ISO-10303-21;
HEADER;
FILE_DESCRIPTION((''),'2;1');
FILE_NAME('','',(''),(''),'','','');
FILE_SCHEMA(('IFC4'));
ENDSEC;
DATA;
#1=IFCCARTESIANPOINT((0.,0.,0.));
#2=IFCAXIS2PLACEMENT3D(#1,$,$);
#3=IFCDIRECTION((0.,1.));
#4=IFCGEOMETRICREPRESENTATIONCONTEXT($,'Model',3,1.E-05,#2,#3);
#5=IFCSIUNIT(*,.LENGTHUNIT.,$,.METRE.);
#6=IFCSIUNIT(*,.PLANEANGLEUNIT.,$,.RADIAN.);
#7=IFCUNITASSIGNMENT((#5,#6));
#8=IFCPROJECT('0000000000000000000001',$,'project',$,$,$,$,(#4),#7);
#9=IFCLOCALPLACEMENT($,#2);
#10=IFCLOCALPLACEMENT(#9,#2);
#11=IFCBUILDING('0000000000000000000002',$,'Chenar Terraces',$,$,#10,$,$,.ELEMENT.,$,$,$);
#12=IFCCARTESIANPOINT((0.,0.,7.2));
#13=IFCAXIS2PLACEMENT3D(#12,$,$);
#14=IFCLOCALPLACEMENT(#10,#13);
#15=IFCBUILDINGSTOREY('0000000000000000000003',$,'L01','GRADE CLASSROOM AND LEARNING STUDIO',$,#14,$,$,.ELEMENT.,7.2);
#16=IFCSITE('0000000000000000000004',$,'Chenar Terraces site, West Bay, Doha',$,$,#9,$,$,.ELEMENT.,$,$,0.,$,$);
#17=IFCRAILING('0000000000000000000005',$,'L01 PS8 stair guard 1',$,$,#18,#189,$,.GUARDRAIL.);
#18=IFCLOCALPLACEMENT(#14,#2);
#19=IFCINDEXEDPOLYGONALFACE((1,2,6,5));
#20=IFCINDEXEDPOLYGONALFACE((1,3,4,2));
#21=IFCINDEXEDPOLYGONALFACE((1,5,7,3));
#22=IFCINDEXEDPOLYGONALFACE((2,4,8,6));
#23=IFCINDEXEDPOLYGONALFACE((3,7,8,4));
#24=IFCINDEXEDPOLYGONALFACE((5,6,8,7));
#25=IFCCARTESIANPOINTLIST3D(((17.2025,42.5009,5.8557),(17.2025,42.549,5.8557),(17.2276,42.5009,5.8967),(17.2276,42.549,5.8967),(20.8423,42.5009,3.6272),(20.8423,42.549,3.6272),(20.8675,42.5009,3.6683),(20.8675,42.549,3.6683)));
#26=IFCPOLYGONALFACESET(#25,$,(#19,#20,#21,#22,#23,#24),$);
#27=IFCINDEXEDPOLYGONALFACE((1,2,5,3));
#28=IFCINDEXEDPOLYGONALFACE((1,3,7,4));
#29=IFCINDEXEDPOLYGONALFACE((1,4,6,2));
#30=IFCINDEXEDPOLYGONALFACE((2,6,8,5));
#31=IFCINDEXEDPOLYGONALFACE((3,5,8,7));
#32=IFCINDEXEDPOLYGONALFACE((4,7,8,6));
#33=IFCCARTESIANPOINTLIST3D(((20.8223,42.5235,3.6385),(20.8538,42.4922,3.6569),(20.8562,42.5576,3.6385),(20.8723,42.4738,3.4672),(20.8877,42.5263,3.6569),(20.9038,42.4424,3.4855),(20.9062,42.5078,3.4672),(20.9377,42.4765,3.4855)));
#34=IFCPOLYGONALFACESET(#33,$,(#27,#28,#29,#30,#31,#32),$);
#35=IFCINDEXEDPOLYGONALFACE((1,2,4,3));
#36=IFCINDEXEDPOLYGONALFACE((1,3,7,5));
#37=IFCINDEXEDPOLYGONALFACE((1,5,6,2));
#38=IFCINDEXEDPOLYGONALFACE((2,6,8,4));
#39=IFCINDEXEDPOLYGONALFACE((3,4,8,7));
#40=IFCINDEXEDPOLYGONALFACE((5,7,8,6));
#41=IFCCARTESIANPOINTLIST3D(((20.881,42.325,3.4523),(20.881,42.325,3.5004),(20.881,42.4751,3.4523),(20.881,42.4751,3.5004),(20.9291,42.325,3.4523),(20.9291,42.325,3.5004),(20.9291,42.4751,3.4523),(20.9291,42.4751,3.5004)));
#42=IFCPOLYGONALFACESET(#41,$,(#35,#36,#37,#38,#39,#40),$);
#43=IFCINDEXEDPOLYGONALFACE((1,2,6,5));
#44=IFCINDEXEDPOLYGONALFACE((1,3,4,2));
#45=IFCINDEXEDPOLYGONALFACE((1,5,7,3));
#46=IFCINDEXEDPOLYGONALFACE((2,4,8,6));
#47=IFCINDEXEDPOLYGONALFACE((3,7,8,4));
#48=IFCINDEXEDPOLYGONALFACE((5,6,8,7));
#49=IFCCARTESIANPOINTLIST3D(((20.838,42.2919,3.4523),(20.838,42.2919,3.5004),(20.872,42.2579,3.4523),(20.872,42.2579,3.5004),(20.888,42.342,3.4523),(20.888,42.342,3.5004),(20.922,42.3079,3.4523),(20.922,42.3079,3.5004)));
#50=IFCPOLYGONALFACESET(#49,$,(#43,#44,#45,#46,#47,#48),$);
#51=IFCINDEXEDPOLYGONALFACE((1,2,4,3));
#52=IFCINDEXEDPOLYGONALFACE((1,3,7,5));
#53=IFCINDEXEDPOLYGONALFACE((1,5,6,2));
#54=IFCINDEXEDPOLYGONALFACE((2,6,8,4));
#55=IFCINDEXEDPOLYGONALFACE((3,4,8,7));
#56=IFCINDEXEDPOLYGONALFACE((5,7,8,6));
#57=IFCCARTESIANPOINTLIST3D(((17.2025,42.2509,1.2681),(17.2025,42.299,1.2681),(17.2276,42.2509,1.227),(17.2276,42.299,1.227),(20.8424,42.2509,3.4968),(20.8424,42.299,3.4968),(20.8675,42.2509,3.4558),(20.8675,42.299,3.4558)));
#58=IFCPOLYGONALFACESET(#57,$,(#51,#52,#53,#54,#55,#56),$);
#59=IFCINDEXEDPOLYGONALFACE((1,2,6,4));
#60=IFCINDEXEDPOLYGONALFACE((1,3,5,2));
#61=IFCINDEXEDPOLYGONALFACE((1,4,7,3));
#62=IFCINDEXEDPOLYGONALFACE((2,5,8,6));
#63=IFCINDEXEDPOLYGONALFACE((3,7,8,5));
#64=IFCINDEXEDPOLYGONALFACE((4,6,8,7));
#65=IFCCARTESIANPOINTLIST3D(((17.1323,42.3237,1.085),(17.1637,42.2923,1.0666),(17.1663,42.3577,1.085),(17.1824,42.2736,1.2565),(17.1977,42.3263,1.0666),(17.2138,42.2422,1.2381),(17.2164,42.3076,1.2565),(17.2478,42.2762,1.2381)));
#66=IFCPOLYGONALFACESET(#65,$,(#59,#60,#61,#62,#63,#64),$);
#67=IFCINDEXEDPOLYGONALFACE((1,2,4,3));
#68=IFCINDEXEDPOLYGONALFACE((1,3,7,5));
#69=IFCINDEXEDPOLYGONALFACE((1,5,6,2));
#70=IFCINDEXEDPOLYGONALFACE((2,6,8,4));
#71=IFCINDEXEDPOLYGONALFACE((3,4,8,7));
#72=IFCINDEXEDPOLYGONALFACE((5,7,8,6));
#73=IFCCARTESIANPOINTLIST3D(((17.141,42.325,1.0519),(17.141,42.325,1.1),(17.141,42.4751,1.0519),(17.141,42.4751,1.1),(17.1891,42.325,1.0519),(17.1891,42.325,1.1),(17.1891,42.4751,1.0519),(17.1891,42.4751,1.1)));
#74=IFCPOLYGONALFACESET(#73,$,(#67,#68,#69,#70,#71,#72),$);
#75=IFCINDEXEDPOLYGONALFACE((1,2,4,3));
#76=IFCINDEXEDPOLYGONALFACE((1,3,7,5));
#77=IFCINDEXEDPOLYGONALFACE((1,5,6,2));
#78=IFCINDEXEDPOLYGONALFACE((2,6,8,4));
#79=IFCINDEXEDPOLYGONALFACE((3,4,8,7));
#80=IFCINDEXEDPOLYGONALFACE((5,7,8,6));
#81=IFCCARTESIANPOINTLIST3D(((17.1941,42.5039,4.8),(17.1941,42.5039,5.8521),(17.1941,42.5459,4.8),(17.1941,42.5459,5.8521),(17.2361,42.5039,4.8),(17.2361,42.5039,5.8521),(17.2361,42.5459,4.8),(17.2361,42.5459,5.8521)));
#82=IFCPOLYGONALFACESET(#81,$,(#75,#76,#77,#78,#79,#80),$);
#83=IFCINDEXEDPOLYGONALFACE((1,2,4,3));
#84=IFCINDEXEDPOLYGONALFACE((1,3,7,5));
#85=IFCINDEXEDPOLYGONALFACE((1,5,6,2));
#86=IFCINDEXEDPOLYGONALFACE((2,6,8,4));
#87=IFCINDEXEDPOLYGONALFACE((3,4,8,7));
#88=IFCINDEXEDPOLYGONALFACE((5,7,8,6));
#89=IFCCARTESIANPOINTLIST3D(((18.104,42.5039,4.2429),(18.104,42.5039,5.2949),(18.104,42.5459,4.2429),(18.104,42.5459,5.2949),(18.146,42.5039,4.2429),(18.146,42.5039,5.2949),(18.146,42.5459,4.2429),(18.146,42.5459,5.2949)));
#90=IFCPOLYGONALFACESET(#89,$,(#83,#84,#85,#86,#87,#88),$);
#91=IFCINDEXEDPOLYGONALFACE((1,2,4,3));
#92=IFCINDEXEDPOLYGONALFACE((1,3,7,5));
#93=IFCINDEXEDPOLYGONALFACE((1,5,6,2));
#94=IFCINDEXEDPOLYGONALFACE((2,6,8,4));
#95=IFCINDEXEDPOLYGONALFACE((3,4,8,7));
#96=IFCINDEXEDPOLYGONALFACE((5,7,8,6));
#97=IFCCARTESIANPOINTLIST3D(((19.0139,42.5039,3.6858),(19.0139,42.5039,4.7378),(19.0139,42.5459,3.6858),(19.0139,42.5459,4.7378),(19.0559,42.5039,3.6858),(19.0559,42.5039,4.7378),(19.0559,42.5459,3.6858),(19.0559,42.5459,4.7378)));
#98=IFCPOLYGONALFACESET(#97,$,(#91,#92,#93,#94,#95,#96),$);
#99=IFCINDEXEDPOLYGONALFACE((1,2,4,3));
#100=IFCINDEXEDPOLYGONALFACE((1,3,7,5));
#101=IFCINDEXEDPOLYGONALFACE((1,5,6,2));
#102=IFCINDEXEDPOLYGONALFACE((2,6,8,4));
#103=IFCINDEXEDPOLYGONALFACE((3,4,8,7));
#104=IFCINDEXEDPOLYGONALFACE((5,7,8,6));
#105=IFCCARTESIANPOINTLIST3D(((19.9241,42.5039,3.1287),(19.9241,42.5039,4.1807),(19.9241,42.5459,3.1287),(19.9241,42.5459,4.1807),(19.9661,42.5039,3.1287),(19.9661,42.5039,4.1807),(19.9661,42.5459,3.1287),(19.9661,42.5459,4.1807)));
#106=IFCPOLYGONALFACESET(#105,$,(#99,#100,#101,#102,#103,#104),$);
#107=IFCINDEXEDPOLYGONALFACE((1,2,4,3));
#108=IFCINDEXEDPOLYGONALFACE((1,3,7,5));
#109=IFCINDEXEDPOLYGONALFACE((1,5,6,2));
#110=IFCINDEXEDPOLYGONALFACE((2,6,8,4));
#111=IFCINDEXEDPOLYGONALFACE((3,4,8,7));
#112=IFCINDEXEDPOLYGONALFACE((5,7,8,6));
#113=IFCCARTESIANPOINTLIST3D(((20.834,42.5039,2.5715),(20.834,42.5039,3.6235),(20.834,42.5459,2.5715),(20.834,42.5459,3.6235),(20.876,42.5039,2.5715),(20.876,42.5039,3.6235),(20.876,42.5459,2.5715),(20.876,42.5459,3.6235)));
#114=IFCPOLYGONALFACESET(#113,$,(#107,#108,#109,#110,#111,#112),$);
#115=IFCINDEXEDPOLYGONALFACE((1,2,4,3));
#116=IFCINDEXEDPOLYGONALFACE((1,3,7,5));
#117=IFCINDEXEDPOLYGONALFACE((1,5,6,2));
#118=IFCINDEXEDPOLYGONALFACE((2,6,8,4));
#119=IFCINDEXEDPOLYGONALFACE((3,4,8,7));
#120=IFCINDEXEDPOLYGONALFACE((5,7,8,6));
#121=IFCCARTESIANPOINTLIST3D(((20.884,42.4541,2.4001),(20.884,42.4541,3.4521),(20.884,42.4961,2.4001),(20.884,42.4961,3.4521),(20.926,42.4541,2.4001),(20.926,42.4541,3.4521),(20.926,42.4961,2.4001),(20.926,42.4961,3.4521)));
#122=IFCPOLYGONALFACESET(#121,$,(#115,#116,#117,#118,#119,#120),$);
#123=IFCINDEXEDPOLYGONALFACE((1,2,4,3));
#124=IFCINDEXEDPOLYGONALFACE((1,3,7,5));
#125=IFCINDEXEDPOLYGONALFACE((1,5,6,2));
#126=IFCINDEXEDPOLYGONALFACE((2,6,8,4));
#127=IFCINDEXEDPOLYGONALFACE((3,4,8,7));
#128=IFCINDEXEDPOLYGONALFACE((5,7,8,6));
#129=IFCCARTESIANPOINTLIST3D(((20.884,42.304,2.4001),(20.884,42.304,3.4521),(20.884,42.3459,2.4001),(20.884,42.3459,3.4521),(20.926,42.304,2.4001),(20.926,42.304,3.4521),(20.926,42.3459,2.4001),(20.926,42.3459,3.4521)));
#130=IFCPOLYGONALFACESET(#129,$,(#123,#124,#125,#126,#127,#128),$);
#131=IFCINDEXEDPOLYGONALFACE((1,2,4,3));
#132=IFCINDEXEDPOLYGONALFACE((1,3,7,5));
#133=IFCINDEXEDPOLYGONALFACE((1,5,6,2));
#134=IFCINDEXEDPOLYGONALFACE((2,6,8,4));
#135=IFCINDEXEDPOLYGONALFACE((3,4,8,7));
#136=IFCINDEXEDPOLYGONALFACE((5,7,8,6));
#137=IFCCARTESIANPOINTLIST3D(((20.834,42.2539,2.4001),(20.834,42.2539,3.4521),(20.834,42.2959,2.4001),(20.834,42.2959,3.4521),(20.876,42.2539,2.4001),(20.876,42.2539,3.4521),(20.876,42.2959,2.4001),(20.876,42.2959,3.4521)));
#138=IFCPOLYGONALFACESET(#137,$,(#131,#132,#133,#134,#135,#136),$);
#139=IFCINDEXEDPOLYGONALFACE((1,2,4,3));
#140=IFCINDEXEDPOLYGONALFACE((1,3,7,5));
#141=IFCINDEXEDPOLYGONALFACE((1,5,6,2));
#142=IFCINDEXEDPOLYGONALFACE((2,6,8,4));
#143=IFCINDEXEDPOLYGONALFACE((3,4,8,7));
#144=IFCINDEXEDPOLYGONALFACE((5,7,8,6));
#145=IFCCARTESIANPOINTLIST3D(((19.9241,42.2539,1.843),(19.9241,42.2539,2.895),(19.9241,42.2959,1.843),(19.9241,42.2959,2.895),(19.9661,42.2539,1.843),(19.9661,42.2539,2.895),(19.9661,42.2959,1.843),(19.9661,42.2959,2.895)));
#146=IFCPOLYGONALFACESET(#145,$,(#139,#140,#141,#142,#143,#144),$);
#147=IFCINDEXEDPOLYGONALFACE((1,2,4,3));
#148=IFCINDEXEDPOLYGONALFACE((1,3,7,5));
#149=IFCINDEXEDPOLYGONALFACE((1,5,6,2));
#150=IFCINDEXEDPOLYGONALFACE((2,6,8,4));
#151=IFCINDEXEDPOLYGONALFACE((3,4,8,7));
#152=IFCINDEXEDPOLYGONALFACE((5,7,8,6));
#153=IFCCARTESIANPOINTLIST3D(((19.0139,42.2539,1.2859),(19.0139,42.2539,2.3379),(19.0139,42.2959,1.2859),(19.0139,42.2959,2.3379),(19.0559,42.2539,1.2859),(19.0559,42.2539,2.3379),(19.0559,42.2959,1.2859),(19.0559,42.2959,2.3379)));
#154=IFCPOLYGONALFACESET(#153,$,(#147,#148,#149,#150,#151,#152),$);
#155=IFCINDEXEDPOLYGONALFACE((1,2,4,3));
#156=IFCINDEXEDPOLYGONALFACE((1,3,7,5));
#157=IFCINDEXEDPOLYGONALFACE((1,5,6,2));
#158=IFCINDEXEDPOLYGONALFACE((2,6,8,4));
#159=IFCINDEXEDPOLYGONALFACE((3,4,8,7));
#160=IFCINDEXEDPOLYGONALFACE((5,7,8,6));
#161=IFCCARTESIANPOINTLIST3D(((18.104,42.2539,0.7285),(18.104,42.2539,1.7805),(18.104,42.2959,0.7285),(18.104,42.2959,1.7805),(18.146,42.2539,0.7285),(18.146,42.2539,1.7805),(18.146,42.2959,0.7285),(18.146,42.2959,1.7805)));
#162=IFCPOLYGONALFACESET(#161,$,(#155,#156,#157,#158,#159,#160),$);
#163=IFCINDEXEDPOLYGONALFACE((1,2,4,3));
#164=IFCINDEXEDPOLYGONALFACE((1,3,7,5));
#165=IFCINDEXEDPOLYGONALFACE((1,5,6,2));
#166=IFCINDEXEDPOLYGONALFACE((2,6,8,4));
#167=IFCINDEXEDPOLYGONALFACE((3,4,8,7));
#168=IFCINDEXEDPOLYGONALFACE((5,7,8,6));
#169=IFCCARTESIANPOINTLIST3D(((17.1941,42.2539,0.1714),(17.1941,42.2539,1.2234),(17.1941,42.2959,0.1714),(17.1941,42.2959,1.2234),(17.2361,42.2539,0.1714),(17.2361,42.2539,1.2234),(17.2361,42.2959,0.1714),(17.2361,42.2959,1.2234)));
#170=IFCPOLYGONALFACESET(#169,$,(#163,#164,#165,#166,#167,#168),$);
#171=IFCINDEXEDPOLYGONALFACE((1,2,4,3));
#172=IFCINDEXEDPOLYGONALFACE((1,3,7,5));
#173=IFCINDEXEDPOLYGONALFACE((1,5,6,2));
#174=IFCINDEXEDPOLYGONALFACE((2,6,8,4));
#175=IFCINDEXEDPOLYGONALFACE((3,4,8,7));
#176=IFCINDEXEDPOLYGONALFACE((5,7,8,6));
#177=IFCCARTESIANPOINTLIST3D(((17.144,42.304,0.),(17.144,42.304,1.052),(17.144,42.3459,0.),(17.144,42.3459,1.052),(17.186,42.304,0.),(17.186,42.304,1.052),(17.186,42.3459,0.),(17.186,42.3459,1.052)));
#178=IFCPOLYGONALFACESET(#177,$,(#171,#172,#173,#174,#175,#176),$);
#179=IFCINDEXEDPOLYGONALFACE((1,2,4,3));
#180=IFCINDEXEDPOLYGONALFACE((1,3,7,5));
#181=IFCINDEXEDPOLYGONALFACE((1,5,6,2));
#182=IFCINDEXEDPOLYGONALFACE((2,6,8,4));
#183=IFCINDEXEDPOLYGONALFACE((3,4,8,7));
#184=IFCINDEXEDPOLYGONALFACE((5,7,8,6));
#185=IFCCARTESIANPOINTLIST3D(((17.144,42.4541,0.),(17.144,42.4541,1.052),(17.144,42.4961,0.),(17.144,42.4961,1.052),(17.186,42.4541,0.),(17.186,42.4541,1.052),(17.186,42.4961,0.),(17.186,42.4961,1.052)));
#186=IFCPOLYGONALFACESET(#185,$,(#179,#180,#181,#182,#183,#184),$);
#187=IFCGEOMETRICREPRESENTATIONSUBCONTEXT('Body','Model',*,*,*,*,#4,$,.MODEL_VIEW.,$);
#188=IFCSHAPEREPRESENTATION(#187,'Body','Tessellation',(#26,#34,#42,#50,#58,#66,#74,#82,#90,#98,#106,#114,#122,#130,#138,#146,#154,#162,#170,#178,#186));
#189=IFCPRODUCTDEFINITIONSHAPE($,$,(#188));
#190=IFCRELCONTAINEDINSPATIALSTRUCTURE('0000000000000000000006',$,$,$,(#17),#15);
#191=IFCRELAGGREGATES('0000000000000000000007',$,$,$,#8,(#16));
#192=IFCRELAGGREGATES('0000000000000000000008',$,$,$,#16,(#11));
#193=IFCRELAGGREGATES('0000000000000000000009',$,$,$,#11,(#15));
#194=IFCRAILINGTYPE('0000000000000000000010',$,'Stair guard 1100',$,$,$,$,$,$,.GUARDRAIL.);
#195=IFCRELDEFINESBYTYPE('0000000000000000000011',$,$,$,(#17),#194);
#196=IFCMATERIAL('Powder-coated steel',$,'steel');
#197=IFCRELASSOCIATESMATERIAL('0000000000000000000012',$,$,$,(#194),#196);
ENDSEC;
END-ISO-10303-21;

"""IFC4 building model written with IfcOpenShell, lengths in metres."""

from ifc_helpers import new_model, si_unit, direction, frame, origin, origin_2d, place, context, subcontext, project, spatial, rectangle, extrude, material, type_object, element, save


model = new_model("IFC4")

# Units and contexts
model_context = context("Model", 3, precision=1e-05, world=origin(), true_north=direction((0.0, 1.0)))
body_context = subcontext(model_context, "Body", "Model", "MODEL_VIEW")
ifc_project = project(units=[si_unit("LENGTHUNIT", "METRE"), si_unit("PLANEANGLEUNIT", "RADIAN")], contexts=[model_context])

# Site, building, storey
site_placement = place(None, origin())
site = spatial("IfcSite", under=ifc_project, at=site_placement, Name="Chenar Terraces site, West Bay, Doha", CompositionType="ELEMENT", RefElevation=0.0)
building_placement = place(site_placement, origin())
building = spatial("IfcBuilding", under=site, at=building_placement, Name="Chenar Terraces", CompositionType="ELEMENT")
storey_placement = place(building_placement, frame((0.0, 0.0, 7.2)))
storey = spatial("IfcBuildingStorey", under=building, at=storey_placement, Name="L01", Description="GRADE CLASSROOM AND LEARNING STUDIO", CompositionType="ELEMENT", Elevation=7.2)

# Railing
ifc_material_1 = material(Name="Powder-coated steel", Category="steel")
railing_type_1 = type_object("IfcRailingType", Name="Stair guard 1100", PredefinedType="GUARDRAIL", material=ifc_material_1)
railing_1_placement = place(storey_placement, frame((17.2151, 42.5249, 4.8)))
element("IfcRailing", 1, at=railing_1_placement, inside=storey, type_object=railing_type_1, Name="L01 PS8 stair guard 1", PredefinedType="GUARDRAIL", context=body_context, shape_type="SweptSolid", body=[
    extrude(rectangle(XDim=0.0481, YDim=0.0481, at=origin_2d()), frame((0.0, 0.0, 1.0762), z_axis=(0.85285, 0.0, -0.522156), x_axis=(0.0, 1.0, 0.0)), (0.0, 0.0, 1.0), 4.2678),
    extrude(rectangle(XDim=0.0481, YDim=0.0481, at=origin_2d()), frame((3.6399, 0.0, -1.1523), z_axis=(0.270007, -0.26869, -0.924609), x_axis=(0.705376, 0.708834, 0.0)), (0.0, 0.0, 1.0), 0.1853),
    extrude(rectangle(XDim=0.0481, YDim=0.0481, at=origin_2d()), frame((3.6899, -0.0498, -1.3237), z_axis=(0.0, -1.0, 0.0), x_axis=(1.0, 0.0, 0.0)), (0.0, 0.0, 1.0), 0.1501),
    extrude(rectangle(XDim=0.0481, YDim=0.0481, at=origin_2d()), frame((3.6899, -0.2, -1.3237), z_axis=(-0.707107, -0.707107, 0.0), x_axis=(0.707107, -0.707107, 0.0)), (0.0, 0.0, 1.0), 0.0708),
    extrude(rectangle(XDim=0.0481, YDim=0.0481, at=origin_2d()), frame((3.6399, -0.25, -1.3237), z_axis=(-0.852825, 0.0, -0.522197), x_axis=(0.0, -1.0, 0.0)), (0.0, 0.0, 1.0), 4.2681),
    extrude(rectangle(XDim=0.0481, YDim=0.0481, at=origin_2d()), frame((0.0, -0.25, -3.5527), z_axis=(-0.269911, 0.269911, -0.924281), x_axis=(-0.707107, -0.707107, 0.0)), (0.0, 0.0, 1.0), 0.1855),
    extrude(rectangle(XDim=0.0481, YDim=0.0481, at=origin_2d()), frame((-0.05, -0.2, -3.7241), z_axis=(0.0, 1.0, 0.0), x_axis=(-1.0, 0.0, 0.0)), (0.0, 0.0, 1.0), 0.1501),
    extrude(rectangle(XDim=0.042, YDim=0.042, at=origin_2d()), origin(), (0.0, 0.0, 1.0), 1.052),
    extrude(rectangle(XDim=0.042, YDim=0.042, at=origin_2d()), frame((0.9099, 0.0, -0.5571)), (0.0, 0.0, 1.0), 1.052),
    extrude(rectangle(XDim=0.042, YDim=0.042, at=origin_2d()), frame((1.8198, 0.0, -1.1143)), (0.0, 0.0, 1.0), 1.052),
    extrude(rectangle(XDim=0.042, YDim=0.042, at=origin_2d()), frame((2.73, 0.0, -1.6714)), (0.0, 0.0, 1.0), 1.052),
    extrude(rectangle(XDim=0.042, YDim=0.042, at=origin_2d()), frame((3.6399, 0.0, -2.2285)), (0.0, 0.0, 1.0), 1.052),
    extrude(rectangle(XDim=0.042, YDim=0.042, at=origin_2d()), frame((3.6899, -0.0498, -2.3999)), (0.0, 0.0, 1.0), 1.052),
    extrude(rectangle(XDim=0.042, YDim=0.042, at=origin_2d()), frame((3.6899, -0.2, -2.3999)), (0.0, 0.0, 1.0), 1.052),
    extrude(rectangle(XDim=0.042, YDim=0.042, at=origin_2d()), frame((3.6399, -0.25, -2.3999)), (0.0, 0.0, 1.0), 1.052),
    extrude(rectangle(XDim=0.042, YDim=0.042, at=origin_2d()), frame((2.73, -0.25, -2.957)), (0.0, 0.0, 1.0), 1.052),
    extrude(rectangle(XDim=0.042, YDim=0.042, at=origin_2d()), frame((1.8198, -0.25, -3.5142)), (0.0, 0.0, 1.0), 1.052),
    extrude(rectangle(XDim=0.042, YDim=0.042, at=origin_2d()), frame((0.9099, -0.25, -4.0715)), (0.0, 0.0, 1.0), 1.052),
    extrude(rectangle(XDim=0.042, YDim=0.042, at=origin_2d()), frame((0.0, -0.25, -4.6287)), (0.0, 0.0, 1.0), 1.052),
    extrude(rectangle(XDim=0.042, YDim=0.042, at=origin_2d()), frame((-0.05, -0.2, -4.8)), (0.0, 0.0, 1.0), 1.052),
    extrude(rectangle(XDim=0.042, YDim=0.042, at=origin_2d()), frame((-0.05, -0.0498, -4.8)), (0.0, 0.0, 1.0), 1.052),
])

save(model, "model.ifc")
